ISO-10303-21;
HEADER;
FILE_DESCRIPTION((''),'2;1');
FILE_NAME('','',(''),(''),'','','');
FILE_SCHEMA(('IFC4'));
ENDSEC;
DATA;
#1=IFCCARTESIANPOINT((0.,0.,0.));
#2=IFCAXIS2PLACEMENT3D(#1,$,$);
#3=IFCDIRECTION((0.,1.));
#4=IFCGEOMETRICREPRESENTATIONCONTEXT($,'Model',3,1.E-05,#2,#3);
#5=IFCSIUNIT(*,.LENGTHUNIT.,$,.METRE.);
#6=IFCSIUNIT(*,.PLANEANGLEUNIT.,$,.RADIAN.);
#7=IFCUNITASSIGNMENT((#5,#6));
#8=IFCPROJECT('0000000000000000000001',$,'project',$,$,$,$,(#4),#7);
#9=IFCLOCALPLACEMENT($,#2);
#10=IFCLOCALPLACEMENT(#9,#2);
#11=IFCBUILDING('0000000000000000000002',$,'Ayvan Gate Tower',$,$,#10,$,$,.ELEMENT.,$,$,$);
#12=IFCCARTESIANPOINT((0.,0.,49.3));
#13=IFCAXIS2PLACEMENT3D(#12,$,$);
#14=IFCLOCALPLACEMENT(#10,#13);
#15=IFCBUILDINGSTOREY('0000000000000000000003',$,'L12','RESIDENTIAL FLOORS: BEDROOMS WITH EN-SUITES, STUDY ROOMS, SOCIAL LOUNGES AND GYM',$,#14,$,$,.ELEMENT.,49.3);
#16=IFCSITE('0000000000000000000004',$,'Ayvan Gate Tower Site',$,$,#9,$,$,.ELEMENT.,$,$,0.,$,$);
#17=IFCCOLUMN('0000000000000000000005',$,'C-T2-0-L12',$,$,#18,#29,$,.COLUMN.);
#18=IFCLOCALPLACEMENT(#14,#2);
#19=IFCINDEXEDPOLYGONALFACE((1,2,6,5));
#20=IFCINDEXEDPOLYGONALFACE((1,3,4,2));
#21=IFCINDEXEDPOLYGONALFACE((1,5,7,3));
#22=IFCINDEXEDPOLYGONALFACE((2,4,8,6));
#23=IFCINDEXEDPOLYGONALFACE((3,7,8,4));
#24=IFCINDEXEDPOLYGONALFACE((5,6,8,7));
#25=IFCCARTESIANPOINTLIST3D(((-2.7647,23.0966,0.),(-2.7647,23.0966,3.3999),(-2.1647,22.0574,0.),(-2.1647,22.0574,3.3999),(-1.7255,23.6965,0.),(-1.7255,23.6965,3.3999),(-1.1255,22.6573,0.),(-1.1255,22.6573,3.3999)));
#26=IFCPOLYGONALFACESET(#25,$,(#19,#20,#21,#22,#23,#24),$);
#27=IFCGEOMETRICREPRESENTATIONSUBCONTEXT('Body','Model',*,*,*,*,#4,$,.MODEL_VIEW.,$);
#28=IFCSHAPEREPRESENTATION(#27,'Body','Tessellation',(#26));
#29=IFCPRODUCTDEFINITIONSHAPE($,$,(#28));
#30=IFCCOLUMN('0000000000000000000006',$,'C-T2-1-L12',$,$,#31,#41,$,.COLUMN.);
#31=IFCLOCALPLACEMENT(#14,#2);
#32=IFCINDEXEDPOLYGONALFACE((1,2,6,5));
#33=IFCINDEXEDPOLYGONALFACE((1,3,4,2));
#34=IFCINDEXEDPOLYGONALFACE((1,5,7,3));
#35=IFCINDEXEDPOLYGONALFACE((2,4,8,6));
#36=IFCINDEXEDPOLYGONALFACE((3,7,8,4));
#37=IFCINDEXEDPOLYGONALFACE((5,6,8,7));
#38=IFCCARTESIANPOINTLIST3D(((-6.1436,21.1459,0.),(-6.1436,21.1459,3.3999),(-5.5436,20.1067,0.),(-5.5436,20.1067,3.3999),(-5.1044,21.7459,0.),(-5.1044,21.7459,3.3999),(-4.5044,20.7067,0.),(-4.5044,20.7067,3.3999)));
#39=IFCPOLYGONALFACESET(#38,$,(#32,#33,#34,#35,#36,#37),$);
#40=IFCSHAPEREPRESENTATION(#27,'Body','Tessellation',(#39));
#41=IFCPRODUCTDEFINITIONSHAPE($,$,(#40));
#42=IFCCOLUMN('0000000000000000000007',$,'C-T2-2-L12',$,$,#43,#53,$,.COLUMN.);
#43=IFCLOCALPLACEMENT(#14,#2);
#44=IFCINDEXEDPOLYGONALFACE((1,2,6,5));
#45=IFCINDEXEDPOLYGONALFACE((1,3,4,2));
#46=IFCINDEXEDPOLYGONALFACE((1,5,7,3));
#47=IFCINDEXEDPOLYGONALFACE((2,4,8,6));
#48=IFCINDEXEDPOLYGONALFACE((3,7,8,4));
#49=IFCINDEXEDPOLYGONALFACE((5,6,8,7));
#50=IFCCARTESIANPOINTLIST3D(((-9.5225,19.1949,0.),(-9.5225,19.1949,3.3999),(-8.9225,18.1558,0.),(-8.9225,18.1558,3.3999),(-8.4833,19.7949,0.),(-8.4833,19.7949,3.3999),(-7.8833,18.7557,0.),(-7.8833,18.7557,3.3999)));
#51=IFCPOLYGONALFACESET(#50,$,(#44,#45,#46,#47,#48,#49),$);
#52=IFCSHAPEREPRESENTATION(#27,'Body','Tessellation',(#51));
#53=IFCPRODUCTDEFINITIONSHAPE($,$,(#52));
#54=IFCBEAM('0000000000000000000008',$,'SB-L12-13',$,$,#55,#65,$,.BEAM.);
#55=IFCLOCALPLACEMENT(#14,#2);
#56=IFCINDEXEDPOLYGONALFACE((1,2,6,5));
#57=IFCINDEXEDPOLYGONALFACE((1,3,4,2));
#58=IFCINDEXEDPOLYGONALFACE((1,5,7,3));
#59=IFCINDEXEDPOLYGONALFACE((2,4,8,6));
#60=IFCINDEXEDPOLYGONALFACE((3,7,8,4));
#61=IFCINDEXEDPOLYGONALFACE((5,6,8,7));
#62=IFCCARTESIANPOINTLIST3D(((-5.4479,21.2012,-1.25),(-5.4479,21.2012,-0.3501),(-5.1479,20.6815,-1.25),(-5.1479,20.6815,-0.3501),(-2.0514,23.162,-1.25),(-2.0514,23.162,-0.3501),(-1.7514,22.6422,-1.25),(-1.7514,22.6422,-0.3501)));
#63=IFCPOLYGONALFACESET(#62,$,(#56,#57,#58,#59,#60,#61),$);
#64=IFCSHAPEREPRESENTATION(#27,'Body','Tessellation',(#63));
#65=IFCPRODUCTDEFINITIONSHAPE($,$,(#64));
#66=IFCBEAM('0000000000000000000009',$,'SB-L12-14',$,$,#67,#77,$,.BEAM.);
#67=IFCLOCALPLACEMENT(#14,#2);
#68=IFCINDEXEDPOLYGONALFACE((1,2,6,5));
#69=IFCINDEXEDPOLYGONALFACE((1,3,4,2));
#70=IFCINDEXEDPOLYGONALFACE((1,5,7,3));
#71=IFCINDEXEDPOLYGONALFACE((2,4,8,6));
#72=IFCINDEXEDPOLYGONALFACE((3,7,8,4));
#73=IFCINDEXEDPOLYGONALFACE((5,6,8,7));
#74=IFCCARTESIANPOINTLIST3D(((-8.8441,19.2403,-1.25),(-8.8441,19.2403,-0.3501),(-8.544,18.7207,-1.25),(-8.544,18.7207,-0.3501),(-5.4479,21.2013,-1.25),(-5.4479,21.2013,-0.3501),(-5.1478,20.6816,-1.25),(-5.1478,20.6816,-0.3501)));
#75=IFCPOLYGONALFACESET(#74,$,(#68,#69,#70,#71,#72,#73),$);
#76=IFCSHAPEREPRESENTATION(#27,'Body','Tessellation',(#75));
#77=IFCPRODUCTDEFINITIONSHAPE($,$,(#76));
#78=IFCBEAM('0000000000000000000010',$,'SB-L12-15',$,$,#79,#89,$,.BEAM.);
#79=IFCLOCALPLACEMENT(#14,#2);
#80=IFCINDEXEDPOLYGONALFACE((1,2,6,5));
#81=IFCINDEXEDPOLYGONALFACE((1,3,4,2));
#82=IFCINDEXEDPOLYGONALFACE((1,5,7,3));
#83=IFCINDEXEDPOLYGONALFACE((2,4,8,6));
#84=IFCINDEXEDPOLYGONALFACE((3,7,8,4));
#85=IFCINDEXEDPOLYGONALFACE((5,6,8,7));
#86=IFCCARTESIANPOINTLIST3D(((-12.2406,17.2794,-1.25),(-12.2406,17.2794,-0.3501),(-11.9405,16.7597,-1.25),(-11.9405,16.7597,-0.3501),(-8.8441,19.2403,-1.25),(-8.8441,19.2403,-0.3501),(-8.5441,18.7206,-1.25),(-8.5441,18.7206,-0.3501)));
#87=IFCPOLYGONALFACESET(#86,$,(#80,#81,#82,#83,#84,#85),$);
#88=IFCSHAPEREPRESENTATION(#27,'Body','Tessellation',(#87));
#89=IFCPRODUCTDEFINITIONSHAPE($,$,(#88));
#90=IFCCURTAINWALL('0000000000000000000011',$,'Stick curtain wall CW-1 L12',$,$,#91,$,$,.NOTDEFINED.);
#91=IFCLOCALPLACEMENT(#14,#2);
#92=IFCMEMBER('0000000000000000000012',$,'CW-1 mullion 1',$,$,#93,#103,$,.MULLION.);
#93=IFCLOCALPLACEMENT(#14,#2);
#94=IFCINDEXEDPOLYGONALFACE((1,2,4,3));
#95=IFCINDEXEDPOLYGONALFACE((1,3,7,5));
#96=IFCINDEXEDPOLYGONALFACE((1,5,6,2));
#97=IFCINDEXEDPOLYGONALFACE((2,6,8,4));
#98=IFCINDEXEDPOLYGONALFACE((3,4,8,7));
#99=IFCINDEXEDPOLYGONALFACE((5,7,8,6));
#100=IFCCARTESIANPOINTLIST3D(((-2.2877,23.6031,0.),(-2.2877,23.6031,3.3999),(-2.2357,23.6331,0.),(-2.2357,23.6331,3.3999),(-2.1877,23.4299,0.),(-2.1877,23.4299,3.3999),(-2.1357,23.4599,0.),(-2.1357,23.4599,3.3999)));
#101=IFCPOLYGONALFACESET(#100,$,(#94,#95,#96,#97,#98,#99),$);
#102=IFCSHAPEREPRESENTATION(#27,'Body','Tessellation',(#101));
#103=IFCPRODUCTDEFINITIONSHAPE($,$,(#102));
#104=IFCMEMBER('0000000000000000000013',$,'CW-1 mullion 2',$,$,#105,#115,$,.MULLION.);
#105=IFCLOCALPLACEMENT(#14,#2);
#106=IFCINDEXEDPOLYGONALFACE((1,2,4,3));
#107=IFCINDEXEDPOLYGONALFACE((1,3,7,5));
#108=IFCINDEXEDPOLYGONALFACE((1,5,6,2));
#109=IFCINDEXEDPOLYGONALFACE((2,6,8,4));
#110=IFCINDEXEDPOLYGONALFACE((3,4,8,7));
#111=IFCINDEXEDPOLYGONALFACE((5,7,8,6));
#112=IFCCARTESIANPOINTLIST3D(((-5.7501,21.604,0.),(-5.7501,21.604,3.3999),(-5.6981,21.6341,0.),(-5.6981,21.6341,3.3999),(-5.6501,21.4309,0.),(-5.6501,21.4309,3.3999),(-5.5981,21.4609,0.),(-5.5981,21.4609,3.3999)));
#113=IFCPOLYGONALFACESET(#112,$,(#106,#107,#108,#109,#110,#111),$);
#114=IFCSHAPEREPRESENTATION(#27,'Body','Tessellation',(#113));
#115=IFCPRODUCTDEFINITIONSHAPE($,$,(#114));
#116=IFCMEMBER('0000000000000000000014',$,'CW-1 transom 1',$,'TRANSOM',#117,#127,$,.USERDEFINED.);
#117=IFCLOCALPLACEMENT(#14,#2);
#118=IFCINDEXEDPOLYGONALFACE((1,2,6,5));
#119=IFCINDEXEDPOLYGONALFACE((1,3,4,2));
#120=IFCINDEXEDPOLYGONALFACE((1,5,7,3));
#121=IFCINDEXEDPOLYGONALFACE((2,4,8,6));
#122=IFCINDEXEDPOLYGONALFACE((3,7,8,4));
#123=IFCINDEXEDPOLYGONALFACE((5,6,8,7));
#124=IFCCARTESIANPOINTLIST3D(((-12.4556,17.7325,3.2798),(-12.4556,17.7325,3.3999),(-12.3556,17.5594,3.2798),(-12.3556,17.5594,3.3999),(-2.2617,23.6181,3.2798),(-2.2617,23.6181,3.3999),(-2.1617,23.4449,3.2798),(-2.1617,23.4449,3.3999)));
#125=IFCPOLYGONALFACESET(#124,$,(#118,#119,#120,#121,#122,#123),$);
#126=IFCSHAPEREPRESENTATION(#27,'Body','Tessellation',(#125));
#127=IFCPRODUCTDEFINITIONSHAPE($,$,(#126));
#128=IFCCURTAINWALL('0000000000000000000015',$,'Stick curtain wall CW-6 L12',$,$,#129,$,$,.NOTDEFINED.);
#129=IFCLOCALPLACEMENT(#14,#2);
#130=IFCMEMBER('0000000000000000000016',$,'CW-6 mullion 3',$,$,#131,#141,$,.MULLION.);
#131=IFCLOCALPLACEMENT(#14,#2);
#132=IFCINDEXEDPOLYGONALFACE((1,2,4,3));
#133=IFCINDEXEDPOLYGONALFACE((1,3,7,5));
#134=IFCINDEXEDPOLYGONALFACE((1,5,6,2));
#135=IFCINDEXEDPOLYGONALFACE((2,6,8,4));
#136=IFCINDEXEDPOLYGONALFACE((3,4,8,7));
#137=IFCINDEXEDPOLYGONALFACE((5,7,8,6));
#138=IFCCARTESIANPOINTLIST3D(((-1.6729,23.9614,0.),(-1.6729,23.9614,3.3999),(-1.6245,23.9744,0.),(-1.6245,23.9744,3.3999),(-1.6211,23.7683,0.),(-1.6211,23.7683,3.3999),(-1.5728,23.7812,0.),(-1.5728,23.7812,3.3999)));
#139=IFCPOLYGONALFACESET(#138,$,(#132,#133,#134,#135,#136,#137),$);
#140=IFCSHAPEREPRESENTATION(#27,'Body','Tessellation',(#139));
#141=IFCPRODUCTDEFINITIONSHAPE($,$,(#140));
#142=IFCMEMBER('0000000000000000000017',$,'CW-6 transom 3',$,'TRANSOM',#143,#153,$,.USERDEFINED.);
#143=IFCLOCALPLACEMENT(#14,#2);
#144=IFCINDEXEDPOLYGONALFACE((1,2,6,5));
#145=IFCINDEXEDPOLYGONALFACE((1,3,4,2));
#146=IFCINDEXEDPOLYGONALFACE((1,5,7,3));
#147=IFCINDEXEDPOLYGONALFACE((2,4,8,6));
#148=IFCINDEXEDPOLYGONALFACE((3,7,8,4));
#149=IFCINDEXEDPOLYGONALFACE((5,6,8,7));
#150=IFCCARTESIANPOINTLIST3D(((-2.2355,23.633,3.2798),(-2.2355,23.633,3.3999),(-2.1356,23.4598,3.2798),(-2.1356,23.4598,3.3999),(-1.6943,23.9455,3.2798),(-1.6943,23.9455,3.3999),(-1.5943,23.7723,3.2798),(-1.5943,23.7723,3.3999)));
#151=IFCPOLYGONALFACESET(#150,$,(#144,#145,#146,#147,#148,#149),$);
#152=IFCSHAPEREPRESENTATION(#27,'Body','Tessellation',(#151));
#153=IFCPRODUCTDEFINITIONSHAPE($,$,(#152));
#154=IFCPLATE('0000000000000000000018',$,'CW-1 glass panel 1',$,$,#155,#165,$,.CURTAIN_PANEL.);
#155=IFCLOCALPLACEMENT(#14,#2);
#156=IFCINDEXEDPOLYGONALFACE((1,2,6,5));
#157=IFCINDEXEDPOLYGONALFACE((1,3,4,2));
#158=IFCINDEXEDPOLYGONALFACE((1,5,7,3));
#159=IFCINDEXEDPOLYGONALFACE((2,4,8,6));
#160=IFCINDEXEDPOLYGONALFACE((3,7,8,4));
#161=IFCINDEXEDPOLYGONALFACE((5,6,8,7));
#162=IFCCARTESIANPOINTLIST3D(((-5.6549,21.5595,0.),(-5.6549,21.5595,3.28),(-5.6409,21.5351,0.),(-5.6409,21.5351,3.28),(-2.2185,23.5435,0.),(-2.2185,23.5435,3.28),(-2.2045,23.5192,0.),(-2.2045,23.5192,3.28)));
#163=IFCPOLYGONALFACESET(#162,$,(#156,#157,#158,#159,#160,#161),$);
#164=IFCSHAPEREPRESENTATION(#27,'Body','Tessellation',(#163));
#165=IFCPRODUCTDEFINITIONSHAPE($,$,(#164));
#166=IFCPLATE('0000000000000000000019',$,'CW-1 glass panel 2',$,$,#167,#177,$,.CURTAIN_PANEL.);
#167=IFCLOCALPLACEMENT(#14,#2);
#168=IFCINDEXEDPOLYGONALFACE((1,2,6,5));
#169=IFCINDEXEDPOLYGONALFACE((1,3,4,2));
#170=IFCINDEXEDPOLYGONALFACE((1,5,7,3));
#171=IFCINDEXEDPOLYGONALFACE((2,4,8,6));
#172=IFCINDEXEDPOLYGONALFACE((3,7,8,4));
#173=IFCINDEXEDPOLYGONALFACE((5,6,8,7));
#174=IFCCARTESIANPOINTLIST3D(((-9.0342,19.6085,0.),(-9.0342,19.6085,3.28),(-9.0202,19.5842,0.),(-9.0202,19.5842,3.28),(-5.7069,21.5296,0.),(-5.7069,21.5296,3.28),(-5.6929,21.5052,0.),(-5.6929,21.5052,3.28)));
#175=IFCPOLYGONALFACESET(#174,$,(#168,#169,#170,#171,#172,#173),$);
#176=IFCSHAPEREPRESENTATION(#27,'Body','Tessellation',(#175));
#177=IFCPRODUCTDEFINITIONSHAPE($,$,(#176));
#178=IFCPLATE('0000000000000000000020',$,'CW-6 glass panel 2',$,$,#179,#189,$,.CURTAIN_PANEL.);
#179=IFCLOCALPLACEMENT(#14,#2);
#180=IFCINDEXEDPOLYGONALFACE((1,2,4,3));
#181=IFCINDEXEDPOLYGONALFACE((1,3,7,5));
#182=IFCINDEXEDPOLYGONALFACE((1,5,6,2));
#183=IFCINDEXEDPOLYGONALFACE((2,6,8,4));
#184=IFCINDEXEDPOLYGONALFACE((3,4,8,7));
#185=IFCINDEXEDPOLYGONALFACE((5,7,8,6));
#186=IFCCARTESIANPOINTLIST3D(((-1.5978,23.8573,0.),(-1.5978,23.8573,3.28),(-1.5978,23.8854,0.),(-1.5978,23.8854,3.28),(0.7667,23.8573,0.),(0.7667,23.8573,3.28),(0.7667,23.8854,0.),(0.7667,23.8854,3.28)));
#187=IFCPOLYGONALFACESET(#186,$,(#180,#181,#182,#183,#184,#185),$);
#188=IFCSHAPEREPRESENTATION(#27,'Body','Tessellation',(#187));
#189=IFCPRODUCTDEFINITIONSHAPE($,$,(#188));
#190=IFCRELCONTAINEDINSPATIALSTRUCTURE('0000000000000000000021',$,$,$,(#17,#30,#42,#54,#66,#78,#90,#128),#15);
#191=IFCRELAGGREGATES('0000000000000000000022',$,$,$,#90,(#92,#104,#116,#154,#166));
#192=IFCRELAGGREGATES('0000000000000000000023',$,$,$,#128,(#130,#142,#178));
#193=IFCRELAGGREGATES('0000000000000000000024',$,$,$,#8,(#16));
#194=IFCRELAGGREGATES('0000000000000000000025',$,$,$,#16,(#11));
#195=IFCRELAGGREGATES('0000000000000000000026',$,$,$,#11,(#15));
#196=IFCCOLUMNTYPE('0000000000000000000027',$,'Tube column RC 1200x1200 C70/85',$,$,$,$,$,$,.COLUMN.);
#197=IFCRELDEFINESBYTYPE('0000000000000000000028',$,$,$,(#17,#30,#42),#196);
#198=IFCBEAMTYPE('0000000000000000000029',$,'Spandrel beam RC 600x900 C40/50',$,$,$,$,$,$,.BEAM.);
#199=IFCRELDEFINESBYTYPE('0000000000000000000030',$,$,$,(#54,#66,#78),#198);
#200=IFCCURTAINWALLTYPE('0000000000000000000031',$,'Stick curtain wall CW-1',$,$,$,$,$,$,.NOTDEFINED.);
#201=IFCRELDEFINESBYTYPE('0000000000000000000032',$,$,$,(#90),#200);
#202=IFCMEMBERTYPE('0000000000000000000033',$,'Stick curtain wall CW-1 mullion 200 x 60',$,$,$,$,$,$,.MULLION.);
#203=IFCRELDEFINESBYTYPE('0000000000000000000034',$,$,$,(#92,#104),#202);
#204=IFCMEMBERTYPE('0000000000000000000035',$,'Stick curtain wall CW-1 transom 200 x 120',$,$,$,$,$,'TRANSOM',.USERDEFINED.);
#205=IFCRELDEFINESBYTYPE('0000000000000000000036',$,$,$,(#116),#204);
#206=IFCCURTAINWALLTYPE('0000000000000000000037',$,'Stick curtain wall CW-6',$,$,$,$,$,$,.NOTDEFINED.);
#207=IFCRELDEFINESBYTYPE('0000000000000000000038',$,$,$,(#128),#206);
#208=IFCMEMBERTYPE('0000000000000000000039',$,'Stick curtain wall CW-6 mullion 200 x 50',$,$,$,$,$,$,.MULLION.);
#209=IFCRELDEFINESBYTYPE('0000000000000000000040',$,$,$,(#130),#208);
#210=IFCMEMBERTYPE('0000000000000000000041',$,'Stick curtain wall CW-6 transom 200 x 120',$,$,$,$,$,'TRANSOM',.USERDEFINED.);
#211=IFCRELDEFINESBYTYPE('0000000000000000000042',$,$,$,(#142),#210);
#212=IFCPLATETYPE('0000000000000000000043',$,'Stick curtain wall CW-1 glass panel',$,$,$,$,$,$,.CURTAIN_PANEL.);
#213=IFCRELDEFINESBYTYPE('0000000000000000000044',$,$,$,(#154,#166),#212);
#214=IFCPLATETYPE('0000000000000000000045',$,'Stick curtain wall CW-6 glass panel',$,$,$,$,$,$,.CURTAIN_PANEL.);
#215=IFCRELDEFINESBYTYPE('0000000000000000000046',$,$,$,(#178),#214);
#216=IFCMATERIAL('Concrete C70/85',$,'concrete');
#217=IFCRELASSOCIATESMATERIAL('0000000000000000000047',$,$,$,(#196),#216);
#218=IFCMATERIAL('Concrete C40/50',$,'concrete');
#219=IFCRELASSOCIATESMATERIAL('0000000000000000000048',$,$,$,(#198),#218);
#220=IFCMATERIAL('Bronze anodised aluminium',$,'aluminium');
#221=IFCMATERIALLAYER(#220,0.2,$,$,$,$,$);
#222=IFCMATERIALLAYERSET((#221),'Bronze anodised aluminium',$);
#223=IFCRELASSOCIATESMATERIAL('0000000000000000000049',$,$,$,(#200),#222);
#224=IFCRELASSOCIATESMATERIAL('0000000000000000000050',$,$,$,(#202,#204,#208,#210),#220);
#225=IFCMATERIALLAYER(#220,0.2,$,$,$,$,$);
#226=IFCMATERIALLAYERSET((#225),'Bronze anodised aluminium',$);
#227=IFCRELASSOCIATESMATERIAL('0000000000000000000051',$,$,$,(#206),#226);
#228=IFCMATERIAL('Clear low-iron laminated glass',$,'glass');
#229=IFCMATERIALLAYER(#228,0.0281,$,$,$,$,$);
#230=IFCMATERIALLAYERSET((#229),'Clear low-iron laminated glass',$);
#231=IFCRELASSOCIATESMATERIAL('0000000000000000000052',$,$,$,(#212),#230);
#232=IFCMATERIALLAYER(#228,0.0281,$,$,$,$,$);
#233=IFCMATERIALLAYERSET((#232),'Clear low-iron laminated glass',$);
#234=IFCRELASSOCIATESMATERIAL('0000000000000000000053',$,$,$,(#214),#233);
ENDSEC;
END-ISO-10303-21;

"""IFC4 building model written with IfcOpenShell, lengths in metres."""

from ifc_helpers import new_model, si_unit, direction, frame, origin, origin_2d, place, context, subcontext, project, spatial, rectangle, extrude, material, layer, layer_set, material_profile, profile_set, type_object, element, aggregate, save


model = new_model("IFC4")

# Units and contexts
model_context = context("Model", 3, precision=1e-05, world=origin(), true_north=direction((0.0, 1.0)))
body_context = subcontext(model_context, "Body", "Model", "MODEL_VIEW")
ifc_project = project(units=[si_unit("LENGTHUNIT", "METRE"), si_unit("PLANEANGLEUNIT", "RADIAN")], contexts=[model_context])

# Site, building, storey
site_placement = place(None, origin())
site = spatial("IfcSite", under=ifc_project, at=site_placement, Name="Ayvan Gate Tower Site", CompositionType="ELEMENT", RefElevation=0.0)
building_placement = place(site_placement, origin())
building = spatial("IfcBuilding", under=site, at=building_placement, Name="Ayvan Gate Tower", CompositionType="ELEMENT")
storey_placement = place(building_placement, frame((0.0, 0.0, 49.3)))
storey = spatial("IfcBuildingStorey", under=building, at=storey_placement, Name="L12", Description="RESIDENTIAL FLOORS: BEDROOMS WITH EN-SUITES, STUDY ROOMS, SOCIAL LOUNGES AND GYM", CompositionType="ELEMENT", Elevation=49.3)

# Columns
ifc_material_1 = material(Name="Concrete C70/85", Category="concrete")
ifc_material_profile_1 = material_profile(ifc_material_1, rectangle(XDim=1.2, YDim=1.2, at=origin_2d()), Name="RC 1200x1200")
ifc_profile_set_1 = profile_set([ifc_material_profile_1], Name="Concrete C70/85")
column_type = type_object("IfcColumnType", Name="Tube column RC 1200x1200 C70/85", PredefinedType="COLUMN", material=ifc_profile_set_1)
for number, where, z_axis, x_axis, name in (
    (1, (-1.9451, 22.877, 0.0), (0.0, 0.0, 1.0), (-0.5, 0.866025, 0.0), "C-T2-0-L12"),
    (2, (-5.324, 20.9263, 0.0), (0.0, 0.0, 1.0), (-0.5, 0.866025, 0.0), "C-T2-1-L12"),
    (3, (-8.7029, 18.9753, 0.0), (0.0, 0.0, 1.0), (-0.5, 0.866025, 0.0), "C-T2-2-L12"),
):
    element("IfcColumn", number, at=place(storey_placement, frame(where, z_axis=z_axis, x_axis=x_axis)), inside=storey, type_object=column_type, Name=name, PredefinedType="COLUMN", context=body_context, shape_type="SweptSolid", body=[
        extrude(rectangle(XDim=1.2, YDim=1.2, at=origin_2d()), origin(), (0.0, 0.0, 1.0), 3.3999),
    ])

# Beams
ifc_material_2 = material(Name="Concrete C40/50", Category="concrete")
ifc_material_profile_2 = material_profile(ifc_material_2, rectangle(XDim=0.6001, YDim=0.8999, at=origin_2d()), Name="RC 600x900")
ifc_profile_set_2 = profile_set([ifc_material_profile_2], Name="Concrete C40/50")
beam_type = type_object("IfcBeamType", Name="Spandrel beam RC 600x900 C40/50", PredefinedType="BEAM", material=ifc_profile_set_2)
beam_1_placement = place(storey_placement, frame((-1.9014, 22.9021, -0.8), z_axis=(-0.866055, -0.499949, 0.0), x_axis=(0.499949, -0.866055, 0.0)))
element("IfcBeam", 4, at=beam_1_placement, inside=storey, type_object=beam_type, Name="SB-L12-13", PredefinedType="BEAM", context=body_context, shape_type="SweptSolid", body=[
    extrude(rectangle(XDim=0.6001, YDim=0.8999, at=origin_2d()), origin(), (0.0, 0.0, 1.0), 3.9219),
])
beam_2_placement = place(storey_placement, frame((-5.2979, 20.9414, -0.8), z_axis=(-0.866012, -0.500022, 0.0), x_axis=(0.500022, -0.866012, 0.0)))
element("IfcBeam", 5, at=beam_2_placement, inside=storey, type_object=beam_type, Name="SB-L12-14", PredefinedType="BEAM", context=body_context, shape_type="SweptSolid", body=[
    extrude(rectangle(XDim=0.6001, YDim=0.8999, at=origin_2d()), origin(), (0.0, 0.0, 1.0), 3.9216),
])
beam_3_placement = place(storey_placement, frame((-8.6941, 18.9805, -0.8), z_axis=(-0.866028, -0.499995, 0.0), x_axis=(0.499995, -0.866028, 0.0)))
element("IfcBeam", 6, at=beam_3_placement, inside=storey, type_object=beam_type, Name="SB-L12-15", PredefinedType="BEAM", context=body_context, shape_type="SweptSolid", body=[
    extrude(rectangle(XDim=0.6001, YDim=0.8999, at=origin_2d()), origin(), (0.0, 0.0, 1.0), 3.9219),
])

# Curtain walls, members
ifc_material_3 = material(Name="Bronze anodised aluminium", Category="aluminium")
ifc_layer_1 = layer(ifc_material_3, 0.2)
ifc_layer_set_1 = layer_set([ifc_layer_1], Name="Bronze anodised aluminium")
curtain_wall_type_1 = type_object("IfcCurtainWallType", Name="Stick curtain wall CW-1", PredefinedType="NOTDEFINED", material=ifc_layer_set_1)
curtain_wall_1_placement = place(storey_placement, origin())
curtain_wall_1 = element("IfcCurtainWall", 7, at=curtain_wall_1_placement, inside=storey, type_object=curtain_wall_type_1, Name="Stick curtain wall CW-1 L12", PredefinedType="NOTDEFINED")
ifc_material_profile_3 = material_profile(ifc_material_3, rectangle(XDim=0.2, YDim=0.0601, at=origin_2d()), Name="Stick curtain wall CW-1 mullion 200 x 60")
ifc_profile_set_3 = profile_set([ifc_material_profile_3], Name="Bronze anodised aluminium")
member_type_1 = type_object("IfcMemberType", Name="Stick curtain wall CW-1 mullion 200 x 60", PredefinedType="MULLION", material=ifc_profile_set_3)
member_1_placement = place(storey_placement, frame((-2.2117, 23.5315, 0.0), z_axis=(0.0, 0.0, 1.0), x_axis=(-0.5, 0.866025, 0.0)))
member_1 = element("IfcMember", 8, at=member_1_placement, type_object=member_type_1, Name="CW-1 mullion 1", PredefinedType="MULLION", context=body_context, shape_type="SweptSolid", body=[
    extrude(rectangle(XDim=0.2, YDim=0.0601, at=origin_2d()), origin(), (0.0, 0.0, 1.0), 3.3999),
])
member_2_placement = place(storey_placement, frame((-5.6741, 21.5325, 0.0), z_axis=(0.0, 0.0, 1.0), x_axis=(-0.5, 0.866025, 0.0)))
member_2 = element("IfcMember", 9, at=member_2_placement, type_object=member_type_1, Name="CW-1 mullion 2", PredefinedType="MULLION", context=body_context, shape_type="SweptSolid", body=[
    extrude(rectangle(XDim=0.2, YDim=0.0601, at=origin_2d()), origin(), (0.0, 0.0, 1.0), 3.3999),
])
ifc_material_profile_4 = material_profile(ifc_material_3, rectangle(XDim=0.2, YDim=0.1201, at=origin_2d()), Name="Stick curtain wall CW-1 transom 200 x 120")
ifc_profile_set_4 = profile_set([ifc_material_profile_4], Name="Bronze anodised aluminium")
member_type_2 = type_object("IfcMemberType", Name="Stick curtain wall CW-1 transom 200 x 120", ElementType="TRANSOM", PredefinedType="USERDEFINED", material=ifc_profile_set_4)
member_3_placement = place(storey_placement, frame((-2.2117, 23.5315, 3.3398), z_axis=(-0.866023, -0.500005, 0.0), x_axis=(0.500005, -0.866023, 0.0)))
member_3 = element("IfcMember", 10, at=member_3_placement, type_object=member_type_2, Name="CW-1 transom 1", ObjectType="TRANSOM", PredefinedType="USERDEFINED", context=body_context, shape_type="SweptSolid", body=[
    extrude(rectangle(XDim=0.2, YDim=0.1201, at=origin_2d()), origin(), (0.0, 0.0, 1.0), 11.771),
])
ifc_layer_2 = layer(ifc_material_3, 0.2)
ifc_layer_set_2 = layer_set([ifc_layer_2], Name="Bronze anodised aluminium")
curtain_wall_type_2 = type_object("IfcCurtainWallType", Name="Stick curtain wall CW-6", PredefinedType="NOTDEFINED", material=ifc_layer_set_2)
curtain_wall_2_placement = place(storey_placement, origin())
curtain_wall_2 = element("IfcCurtainWall", 11, at=curtain_wall_2_placement, inside=storey, type_object=curtain_wall_type_2, Name="Stick curtain wall CW-6 L12", PredefinedType="NOTDEFINED")
ifc_material_profile_5 = material_profile(ifc_material_3, rectangle(XDim=0.2, YDim=0.05, at=origin_2d()), Name="Stick curtain wall CW-6 mullion 200 x 50")
ifc_profile_set_5 = profile_set([ifc_material_profile_5], Name="Bronze anodised aluminium")
member_type_3 = type_object("IfcMemberType", Name="Stick curtain wall CW-6 mullion 200 x 50", PredefinedType="MULLION", material=ifc_profile_set_5)
member_4_placement = place(storey_placement, frame((-1.6228, 23.8713, 0.0), z_axis=(0.0, 0.0, 1.0), x_axis=(-0.258819, 0.965926, 0.0)))
member_4 = element("IfcMember", 12, at=member_4_placement, type_object=member_type_3, Name="CW-6 mullion 3", PredefinedType="MULLION", context=body_context, shape_type="SweptSolid", body=[
    extrude(rectangle(XDim=0.2, YDim=0.05, at=origin_2d()), origin(), (0.0, 0.0, 1.0), 3.3999),
])
ifc_material_profile_6 = material_profile(ifc_material_3, rectangle(XDim=0.2, YDim=0.1201, at=origin_2d()), Name="Stick curtain wall CW-6 transom 200 x 120")
ifc_profile_set_6 = profile_set([ifc_material_profile_6], Name="Bronze anodised aluminium")
member_type_4 = type_object("IfcMemberType", Name="Stick curtain wall CW-6 transom 200 x 120", ElementType="TRANSOM", PredefinedType="USERDEFINED", material=ifc_profile_set_6)
member_5_placement = place(storey_placement, frame((-1.6443, 23.8589, 3.3398), z_axis=(-0.866023, -0.500004, 0.0), x_axis=(0.500004, -0.866023, 0.0)))
member_5 = element("IfcMember", 13, at=member_5_placement, type_object=member_type_4, Name="CW-6 transom 3", ObjectType="TRANSOM", PredefinedType="USERDEFINED", context=body_context, shape_type="SweptSolid", body=[
    extrude(rectangle(XDim=0.2, YDim=0.1201, at=origin_2d()), origin(), (0.0, 0.0, 1.0), 0.625),
])

# Plates
ifc_material_4 = material(Name="Clear low-iron laminated glass", Category="glass")
ifc_layer_3 = layer(ifc_material_4, 0.0281)
ifc_layer_set_3 = layer_set([ifc_layer_3], Name="Clear low-iron laminated glass")
plate_type_1 = type_object("IfcPlateType", Name="Stick curtain wall CW-1 glass panel", PredefinedType="CURTAIN_PANEL", material=ifc_layer_set_3)
plate_1_placement = place(storey_placement, frame((-3.9297, 22.5393, 0.0), z_axis=(0.0, 0.0, 1.0), x_axis=(-0.866025, -0.5, 0.0)))
plate_1 = element("IfcPlate", 14, at=plate_1_placement, type_object=plate_type_1, Name="CW-1 glass panel 1", PredefinedType="CURTAIN_PANEL", context=body_context, shape_type="SweptSolid", body=[
    extrude(rectangle(XDim=3.968, YDim=0.0281, at=origin_2d()), origin(), (0.0, 0.0, 1.0), 3.28),
])
plate_2_placement = place(storey_placement, frame((-7.3635, 20.5569, 0.0), z_axis=(0.0, 0.0, 1.0), x_axis=(-0.866025, -0.5, 0.0)))
plate_2 = element("IfcPlate", 15, at=plate_2_placement, type_object=plate_type_1, Name="CW-1 glass panel 2", PredefinedType="CURTAIN_PANEL", context=body_context, shape_type="SweptSolid", body=[
    extrude(rectangle(XDim=3.842, YDim=0.0281, at=origin_2d()), origin(), (0.0, 0.0, 1.0), 3.28),
])
aggregate(curtain_wall_1, [member_1, member_2, member_3, plate_1, plate_2])
ifc_layer_4 = layer(ifc_material_4, 0.0281)
ifc_layer_set_4 = layer_set([ifc_layer_4], Name="Clear low-iron laminated glass")
plate_type_2 = type_object("IfcPlateType", Name="Stick curtain wall CW-6 glass panel", PredefinedType="CURTAIN_PANEL", material=ifc_layer_set_4)
plate_3_placement = place(storey_placement, frame((-0.4155, 23.8713, 0.0), z_axis=(0.0, 0.0, 1.0), x_axis=(-1.0, 0.0, 0.0)))
plate_3 = element("IfcPlate", 16, at=plate_3_placement, type_object=plate_type_2, Name="CW-6 glass panel 2", PredefinedType="CURTAIN_PANEL", context=body_context, shape_type="SweptSolid", body=[
    extrude(rectangle(XDim=2.3645, YDim=0.0281, at=origin_2d()), origin(), (0.0, 0.0, 1.0), 3.28),
])
aggregate(curtain_wall_2, [member_4, member_5, plate_3])

save(model, "model.ifc")
